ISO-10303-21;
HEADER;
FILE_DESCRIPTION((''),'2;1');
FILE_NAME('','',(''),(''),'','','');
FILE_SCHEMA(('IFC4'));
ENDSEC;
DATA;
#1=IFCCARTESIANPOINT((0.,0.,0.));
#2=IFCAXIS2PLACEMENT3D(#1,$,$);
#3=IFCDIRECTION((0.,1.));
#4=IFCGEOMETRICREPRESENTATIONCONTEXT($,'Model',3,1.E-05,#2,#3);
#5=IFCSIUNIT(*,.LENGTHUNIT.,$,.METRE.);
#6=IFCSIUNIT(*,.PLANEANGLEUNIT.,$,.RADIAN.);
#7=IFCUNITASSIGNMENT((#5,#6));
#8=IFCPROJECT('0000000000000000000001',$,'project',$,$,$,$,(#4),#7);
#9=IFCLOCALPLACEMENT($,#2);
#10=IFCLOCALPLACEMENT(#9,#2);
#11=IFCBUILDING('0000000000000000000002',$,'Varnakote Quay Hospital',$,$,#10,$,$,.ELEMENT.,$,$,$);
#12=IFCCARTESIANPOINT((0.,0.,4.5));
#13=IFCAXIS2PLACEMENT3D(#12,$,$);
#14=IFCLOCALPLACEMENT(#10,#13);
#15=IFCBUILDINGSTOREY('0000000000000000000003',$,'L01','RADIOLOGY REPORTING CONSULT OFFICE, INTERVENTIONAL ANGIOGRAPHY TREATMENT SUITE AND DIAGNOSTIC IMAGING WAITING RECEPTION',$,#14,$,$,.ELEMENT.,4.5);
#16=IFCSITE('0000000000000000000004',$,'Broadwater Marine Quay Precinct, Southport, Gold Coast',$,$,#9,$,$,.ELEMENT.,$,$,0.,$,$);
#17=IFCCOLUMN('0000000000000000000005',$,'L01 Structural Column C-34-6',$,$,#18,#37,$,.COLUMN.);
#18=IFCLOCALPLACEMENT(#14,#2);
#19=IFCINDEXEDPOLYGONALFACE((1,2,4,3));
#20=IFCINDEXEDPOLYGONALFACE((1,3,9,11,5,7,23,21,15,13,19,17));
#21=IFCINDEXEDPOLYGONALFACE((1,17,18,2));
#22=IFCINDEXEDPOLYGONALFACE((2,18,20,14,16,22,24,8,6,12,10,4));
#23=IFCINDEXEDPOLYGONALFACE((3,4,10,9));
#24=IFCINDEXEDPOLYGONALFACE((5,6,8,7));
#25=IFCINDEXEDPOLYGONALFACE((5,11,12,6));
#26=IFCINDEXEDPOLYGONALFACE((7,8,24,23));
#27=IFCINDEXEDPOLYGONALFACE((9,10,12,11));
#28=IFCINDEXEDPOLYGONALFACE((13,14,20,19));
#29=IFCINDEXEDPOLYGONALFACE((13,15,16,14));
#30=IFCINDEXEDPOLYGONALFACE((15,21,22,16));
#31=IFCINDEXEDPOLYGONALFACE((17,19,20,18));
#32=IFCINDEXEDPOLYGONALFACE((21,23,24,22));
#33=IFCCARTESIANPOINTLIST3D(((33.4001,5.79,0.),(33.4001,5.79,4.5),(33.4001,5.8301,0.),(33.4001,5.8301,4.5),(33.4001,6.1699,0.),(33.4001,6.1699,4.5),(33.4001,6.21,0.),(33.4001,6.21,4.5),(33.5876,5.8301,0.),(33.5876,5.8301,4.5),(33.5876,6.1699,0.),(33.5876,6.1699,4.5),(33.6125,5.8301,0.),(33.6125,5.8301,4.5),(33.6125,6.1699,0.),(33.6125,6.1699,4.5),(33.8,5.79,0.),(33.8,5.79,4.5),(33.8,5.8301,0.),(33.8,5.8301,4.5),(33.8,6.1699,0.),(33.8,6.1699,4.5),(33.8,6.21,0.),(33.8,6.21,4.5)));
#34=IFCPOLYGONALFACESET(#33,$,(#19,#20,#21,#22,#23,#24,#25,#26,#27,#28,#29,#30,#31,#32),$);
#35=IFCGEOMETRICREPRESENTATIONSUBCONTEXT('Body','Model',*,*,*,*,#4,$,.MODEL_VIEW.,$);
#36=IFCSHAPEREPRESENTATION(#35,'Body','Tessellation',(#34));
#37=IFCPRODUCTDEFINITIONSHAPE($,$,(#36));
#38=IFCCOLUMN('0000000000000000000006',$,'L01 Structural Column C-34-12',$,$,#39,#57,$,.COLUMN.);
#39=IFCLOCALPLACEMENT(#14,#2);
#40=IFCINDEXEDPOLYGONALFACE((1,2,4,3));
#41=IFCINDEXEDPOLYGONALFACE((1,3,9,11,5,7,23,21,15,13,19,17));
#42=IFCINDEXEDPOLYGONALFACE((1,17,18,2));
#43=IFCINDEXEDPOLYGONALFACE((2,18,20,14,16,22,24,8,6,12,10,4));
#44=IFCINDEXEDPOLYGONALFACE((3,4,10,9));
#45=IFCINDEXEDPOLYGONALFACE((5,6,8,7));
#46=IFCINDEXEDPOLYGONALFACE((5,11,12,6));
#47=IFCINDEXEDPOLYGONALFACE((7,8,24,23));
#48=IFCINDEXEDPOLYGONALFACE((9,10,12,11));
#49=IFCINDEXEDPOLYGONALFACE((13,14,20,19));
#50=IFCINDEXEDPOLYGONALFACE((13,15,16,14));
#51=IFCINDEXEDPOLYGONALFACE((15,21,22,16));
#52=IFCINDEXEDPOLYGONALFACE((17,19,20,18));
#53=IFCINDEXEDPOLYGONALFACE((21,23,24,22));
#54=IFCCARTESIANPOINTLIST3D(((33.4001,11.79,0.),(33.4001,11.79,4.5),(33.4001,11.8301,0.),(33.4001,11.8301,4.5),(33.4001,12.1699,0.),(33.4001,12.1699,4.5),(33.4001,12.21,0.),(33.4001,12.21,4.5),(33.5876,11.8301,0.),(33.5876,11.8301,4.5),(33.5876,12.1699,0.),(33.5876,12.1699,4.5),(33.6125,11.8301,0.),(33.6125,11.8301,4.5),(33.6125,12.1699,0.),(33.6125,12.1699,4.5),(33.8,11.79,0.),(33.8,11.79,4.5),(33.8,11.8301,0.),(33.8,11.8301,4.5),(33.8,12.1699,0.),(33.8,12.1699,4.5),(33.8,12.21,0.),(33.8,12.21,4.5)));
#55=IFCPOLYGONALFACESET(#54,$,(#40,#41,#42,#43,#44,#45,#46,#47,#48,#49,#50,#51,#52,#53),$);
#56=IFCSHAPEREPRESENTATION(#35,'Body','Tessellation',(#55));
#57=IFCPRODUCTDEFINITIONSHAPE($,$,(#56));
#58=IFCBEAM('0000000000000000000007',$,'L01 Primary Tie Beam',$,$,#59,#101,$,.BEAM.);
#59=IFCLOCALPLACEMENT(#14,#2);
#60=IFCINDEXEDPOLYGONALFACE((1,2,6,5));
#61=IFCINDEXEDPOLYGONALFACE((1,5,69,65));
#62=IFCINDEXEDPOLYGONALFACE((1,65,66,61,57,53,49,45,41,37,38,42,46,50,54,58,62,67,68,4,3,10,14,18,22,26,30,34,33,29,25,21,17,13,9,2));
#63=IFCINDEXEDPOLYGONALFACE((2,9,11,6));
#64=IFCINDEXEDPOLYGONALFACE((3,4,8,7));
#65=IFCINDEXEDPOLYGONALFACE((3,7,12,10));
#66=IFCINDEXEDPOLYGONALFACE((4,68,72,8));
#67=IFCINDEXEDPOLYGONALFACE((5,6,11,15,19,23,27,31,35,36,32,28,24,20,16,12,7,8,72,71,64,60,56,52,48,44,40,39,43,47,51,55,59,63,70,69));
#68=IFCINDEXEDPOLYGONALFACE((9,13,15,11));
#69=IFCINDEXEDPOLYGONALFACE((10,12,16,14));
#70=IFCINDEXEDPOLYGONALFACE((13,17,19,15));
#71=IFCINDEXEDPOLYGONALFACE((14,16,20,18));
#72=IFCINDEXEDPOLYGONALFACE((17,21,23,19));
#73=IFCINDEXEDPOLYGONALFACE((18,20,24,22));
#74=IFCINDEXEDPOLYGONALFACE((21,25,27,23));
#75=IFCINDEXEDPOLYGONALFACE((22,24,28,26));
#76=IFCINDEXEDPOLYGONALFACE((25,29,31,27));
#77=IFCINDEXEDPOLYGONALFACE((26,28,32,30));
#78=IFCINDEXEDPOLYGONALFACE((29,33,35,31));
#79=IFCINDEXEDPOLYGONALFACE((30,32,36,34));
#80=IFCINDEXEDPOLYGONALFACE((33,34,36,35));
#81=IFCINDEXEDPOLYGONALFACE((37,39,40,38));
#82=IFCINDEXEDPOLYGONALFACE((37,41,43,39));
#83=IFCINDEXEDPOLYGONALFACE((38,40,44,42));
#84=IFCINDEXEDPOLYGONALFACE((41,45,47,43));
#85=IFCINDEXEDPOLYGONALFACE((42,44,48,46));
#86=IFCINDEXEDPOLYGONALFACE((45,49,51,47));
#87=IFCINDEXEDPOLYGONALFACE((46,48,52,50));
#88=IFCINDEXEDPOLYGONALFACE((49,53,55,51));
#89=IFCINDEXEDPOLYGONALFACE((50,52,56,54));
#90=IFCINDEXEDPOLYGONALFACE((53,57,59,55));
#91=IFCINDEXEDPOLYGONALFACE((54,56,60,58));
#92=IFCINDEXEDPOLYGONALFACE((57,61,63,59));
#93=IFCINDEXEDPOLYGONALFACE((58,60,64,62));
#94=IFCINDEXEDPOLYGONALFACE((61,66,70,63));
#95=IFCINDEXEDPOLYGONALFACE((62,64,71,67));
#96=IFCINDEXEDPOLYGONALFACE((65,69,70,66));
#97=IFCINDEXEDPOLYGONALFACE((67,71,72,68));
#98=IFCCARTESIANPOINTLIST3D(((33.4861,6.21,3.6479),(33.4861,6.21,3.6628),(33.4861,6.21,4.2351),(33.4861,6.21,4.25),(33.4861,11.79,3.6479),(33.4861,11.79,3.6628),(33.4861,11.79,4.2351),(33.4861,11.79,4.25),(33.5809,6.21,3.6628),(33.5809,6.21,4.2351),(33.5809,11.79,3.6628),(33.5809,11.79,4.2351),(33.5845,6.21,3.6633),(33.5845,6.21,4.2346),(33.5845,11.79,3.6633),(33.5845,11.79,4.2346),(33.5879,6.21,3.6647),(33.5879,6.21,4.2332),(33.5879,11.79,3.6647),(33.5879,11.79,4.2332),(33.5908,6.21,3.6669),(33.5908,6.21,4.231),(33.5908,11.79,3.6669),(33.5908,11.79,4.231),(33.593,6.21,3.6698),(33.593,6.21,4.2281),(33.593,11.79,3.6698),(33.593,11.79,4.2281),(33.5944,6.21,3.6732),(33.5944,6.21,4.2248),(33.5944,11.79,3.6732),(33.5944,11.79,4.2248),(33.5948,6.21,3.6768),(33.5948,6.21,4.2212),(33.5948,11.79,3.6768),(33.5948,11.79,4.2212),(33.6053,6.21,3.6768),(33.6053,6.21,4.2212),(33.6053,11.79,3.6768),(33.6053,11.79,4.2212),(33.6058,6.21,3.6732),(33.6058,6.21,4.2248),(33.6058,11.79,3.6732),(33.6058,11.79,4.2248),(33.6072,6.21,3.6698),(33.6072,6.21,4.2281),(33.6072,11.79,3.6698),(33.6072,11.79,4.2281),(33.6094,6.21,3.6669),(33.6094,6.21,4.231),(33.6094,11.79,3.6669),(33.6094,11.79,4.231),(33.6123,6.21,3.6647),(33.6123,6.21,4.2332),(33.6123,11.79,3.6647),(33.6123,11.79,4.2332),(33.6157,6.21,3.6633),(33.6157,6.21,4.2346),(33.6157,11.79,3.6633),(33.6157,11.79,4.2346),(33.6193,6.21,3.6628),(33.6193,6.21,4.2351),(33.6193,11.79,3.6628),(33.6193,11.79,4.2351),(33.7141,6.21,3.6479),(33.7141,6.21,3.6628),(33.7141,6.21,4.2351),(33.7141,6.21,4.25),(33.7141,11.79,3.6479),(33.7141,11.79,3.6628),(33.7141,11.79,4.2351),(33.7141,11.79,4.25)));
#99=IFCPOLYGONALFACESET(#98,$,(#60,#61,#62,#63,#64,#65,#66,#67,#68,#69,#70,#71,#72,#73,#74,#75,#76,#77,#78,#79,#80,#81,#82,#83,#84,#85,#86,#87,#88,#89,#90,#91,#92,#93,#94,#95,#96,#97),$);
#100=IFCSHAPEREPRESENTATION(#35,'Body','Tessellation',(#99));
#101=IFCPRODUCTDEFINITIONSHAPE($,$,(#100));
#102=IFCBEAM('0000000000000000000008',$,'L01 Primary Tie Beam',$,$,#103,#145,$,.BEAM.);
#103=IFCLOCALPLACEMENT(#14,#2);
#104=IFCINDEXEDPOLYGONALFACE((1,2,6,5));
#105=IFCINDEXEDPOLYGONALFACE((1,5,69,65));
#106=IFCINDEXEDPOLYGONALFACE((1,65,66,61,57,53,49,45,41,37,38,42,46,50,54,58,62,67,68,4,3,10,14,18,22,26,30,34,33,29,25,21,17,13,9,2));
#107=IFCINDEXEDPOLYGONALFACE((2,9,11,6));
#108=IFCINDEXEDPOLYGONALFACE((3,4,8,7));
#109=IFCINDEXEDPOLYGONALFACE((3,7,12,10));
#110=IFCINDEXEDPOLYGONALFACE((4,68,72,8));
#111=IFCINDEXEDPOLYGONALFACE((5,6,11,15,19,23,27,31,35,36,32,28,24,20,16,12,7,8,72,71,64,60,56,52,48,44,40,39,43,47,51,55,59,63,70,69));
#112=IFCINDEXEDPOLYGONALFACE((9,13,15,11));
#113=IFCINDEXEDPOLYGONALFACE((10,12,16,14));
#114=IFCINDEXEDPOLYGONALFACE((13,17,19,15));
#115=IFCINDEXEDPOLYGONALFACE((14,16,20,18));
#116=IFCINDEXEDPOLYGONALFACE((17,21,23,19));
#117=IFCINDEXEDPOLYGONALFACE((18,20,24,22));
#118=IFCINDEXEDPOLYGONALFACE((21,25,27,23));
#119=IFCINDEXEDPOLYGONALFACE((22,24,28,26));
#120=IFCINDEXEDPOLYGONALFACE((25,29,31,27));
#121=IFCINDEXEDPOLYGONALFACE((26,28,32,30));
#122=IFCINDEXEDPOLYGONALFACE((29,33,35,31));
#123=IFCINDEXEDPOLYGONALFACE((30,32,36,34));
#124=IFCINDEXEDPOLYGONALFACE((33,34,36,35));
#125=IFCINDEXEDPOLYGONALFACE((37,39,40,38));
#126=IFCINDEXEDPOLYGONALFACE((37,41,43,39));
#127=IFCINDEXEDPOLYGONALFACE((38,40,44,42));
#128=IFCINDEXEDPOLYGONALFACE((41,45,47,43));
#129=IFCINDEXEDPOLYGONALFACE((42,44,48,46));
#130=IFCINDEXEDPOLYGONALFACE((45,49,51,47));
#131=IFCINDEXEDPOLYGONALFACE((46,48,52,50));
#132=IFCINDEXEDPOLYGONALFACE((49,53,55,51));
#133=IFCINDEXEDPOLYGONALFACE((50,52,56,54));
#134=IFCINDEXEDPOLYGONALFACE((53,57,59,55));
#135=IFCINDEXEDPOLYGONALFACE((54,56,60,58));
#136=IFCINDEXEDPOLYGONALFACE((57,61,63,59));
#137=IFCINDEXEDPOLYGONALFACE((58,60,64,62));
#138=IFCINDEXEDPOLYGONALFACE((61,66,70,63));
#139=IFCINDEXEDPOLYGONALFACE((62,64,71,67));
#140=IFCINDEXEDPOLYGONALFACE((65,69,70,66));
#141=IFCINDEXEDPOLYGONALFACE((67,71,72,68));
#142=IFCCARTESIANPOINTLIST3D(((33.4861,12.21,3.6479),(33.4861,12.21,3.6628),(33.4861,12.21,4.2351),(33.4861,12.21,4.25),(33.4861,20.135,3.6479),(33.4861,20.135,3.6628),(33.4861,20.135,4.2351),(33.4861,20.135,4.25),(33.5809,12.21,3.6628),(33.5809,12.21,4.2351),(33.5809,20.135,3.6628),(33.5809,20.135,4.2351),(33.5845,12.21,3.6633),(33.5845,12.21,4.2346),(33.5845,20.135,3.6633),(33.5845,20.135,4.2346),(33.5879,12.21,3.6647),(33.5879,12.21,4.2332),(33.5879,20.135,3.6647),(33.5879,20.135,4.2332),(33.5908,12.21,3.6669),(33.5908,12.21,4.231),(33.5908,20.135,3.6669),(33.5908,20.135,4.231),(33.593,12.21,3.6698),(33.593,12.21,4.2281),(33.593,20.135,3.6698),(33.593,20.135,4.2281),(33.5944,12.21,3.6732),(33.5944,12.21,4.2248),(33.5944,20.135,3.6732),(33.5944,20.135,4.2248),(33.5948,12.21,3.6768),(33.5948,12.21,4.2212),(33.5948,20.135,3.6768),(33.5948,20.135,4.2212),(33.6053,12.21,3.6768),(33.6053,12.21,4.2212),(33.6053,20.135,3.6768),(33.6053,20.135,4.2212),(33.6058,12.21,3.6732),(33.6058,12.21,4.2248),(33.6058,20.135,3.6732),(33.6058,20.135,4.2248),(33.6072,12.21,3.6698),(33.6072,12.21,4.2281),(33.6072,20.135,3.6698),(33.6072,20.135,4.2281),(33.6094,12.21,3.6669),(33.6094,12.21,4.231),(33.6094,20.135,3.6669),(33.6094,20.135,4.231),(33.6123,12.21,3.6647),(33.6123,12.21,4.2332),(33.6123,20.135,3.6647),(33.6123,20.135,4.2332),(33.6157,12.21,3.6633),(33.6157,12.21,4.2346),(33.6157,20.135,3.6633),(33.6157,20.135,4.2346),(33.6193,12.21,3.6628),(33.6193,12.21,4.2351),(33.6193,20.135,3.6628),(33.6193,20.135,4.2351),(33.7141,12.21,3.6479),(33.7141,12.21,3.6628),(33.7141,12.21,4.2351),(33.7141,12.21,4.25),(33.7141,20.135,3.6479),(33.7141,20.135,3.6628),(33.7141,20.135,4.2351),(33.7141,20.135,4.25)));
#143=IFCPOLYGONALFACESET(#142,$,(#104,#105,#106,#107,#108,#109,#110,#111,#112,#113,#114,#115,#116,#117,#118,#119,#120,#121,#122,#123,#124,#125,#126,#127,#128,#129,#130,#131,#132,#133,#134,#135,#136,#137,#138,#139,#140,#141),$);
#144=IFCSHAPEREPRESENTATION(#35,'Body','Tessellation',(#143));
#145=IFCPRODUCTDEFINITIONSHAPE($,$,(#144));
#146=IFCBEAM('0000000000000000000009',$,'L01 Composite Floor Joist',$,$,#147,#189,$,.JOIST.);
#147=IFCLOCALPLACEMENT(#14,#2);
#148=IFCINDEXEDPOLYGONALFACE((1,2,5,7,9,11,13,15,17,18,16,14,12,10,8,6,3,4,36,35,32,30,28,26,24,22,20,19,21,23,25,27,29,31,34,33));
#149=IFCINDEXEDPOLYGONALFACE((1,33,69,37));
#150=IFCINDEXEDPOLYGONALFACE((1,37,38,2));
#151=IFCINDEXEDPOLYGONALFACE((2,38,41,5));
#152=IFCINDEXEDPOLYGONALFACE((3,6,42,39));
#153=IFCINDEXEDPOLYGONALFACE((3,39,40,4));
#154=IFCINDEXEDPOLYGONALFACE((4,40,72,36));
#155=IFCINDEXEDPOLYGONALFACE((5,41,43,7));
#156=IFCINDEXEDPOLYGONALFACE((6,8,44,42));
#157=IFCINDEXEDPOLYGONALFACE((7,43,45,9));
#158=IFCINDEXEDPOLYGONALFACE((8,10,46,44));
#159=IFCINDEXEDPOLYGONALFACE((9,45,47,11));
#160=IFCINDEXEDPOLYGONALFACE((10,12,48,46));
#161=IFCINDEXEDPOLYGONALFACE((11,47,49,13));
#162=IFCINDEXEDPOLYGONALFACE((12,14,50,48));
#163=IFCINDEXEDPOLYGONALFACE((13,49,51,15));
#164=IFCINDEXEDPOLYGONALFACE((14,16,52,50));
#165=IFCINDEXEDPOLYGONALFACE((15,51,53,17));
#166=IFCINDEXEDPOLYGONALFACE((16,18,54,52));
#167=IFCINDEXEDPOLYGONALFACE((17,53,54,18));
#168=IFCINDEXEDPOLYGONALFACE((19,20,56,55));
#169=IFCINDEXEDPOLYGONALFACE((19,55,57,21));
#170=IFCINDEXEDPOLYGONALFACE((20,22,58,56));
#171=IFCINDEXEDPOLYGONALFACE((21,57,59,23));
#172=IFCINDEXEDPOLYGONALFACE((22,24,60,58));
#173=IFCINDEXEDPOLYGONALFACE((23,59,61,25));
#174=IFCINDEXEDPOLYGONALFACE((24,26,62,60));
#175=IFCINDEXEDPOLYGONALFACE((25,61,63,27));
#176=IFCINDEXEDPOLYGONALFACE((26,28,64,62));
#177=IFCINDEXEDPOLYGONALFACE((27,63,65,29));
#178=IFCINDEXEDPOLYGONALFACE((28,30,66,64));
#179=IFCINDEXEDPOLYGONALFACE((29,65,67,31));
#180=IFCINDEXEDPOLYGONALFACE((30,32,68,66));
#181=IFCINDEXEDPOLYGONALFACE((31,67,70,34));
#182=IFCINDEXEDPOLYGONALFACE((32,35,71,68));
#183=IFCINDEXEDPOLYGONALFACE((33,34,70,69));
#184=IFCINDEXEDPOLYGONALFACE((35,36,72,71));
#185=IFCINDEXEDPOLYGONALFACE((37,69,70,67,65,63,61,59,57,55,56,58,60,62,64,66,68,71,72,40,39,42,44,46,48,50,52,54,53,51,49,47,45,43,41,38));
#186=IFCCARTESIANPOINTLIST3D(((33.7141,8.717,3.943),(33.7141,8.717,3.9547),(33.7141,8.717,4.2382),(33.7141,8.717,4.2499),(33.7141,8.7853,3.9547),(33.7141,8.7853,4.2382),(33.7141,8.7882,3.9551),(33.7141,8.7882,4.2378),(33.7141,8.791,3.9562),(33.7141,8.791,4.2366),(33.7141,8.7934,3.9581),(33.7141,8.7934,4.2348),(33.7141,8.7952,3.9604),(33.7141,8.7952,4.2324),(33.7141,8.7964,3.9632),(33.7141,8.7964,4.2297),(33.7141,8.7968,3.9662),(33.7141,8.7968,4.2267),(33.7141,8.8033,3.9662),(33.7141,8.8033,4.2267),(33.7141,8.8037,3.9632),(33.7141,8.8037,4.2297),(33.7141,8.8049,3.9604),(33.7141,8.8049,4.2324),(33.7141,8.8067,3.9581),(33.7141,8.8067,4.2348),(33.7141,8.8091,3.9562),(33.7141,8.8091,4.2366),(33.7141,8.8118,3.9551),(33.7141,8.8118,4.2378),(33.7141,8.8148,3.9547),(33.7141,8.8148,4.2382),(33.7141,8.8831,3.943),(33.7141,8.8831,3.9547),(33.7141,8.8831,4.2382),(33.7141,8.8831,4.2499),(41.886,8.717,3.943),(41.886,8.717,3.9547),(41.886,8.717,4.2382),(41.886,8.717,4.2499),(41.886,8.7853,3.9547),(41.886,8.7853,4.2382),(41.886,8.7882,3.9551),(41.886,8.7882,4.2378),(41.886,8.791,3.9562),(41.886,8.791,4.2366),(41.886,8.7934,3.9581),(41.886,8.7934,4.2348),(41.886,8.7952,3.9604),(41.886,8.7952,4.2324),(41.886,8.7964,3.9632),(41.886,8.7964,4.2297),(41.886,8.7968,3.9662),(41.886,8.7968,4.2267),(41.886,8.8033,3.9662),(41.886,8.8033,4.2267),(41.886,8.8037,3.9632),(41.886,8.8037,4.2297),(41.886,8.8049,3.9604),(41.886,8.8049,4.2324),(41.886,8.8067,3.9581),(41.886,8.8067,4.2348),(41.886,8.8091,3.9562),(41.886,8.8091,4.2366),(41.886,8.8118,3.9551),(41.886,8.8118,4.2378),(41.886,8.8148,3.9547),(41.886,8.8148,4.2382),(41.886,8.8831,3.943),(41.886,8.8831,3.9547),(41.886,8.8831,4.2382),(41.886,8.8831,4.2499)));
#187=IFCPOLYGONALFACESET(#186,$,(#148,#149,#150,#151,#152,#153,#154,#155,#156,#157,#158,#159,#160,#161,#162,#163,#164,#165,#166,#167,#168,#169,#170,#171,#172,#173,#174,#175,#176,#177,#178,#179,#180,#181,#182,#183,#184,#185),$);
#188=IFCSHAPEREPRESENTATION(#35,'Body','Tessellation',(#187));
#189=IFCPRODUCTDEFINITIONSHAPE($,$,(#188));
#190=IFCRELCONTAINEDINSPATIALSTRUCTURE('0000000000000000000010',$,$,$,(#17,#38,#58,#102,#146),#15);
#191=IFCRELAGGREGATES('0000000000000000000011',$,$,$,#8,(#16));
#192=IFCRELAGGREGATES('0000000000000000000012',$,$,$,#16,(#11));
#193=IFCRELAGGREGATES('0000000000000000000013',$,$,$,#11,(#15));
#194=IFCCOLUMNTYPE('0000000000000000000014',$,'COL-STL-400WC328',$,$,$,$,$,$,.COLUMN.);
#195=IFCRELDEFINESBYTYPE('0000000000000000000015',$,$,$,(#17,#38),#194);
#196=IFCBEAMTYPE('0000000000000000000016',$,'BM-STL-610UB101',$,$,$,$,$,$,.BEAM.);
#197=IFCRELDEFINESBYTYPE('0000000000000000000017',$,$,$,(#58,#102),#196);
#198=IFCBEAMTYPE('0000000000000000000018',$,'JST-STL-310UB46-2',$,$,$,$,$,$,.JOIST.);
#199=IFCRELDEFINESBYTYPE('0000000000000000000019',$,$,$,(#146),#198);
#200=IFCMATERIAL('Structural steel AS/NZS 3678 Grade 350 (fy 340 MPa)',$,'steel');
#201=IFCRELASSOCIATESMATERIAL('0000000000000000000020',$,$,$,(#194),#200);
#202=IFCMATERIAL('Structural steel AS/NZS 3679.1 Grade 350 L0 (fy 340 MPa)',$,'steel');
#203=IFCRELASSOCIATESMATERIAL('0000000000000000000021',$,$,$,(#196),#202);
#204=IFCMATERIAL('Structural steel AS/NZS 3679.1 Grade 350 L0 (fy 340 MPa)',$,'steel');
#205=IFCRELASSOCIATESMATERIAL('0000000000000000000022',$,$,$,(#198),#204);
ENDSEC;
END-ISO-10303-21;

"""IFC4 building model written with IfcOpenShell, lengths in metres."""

from ifc_helpers import new_model, si_unit, direction, frame, origin, origin_2d, place, context, subcontext, project, spatial, i_section, extrude, material, material_profile, profile_set, type_object, element, save


model = new_model("IFC4")

# Units and contexts
model_context = context("Model", 3, precision=1e-05, world=origin(), true_north=direction((0.0, 1.0)))
body_context = subcontext(model_context, "Body", "Model", "MODEL_VIEW")
ifc_project = project(units=[si_unit("LENGTHUNIT", "METRE"), si_unit("PLANEANGLEUNIT", "RADIAN")], contexts=[model_context])

# Site, building, storey
site_placement = place(None, origin())
site = spatial("IfcSite", under=ifc_project, at=site_placement, Name="Broadwater Marine Quay Precinct, Southport, Gold Coast", CompositionType="ELEMENT", RefElevation=0.0)
building_placement = place(site_placement, origin())
building = spatial("IfcBuilding", under=site, at=building_placement, Name="Varnakote Quay Hospital", CompositionType="ELEMENT")
storey_placement = place(building_placement, frame((0.0, 0.0, 4.5)))
storey = spatial("IfcBuildingStorey", under=building, at=storey_placement, Name="L01", Description="RADIOLOGY REPORTING CONSULT OFFICE, INTERVENTIONAL ANGIOGRAPHY TREATMENT SUITE AND DIAGNOSTIC IMAGING WAITING RECEPTION", CompositionType="ELEMENT", Elevation=4.5)

# Columns
ifc_material_1 = material(Name="Structural steel AS/NZS 3678 Grade 350 (fy 340 MPa)", Category="steel")
ifc_material_profile_1 = material_profile(ifc_material_1, i_section(OverallWidth=0.3999, OverallDepth=0.4199, WebThickness=0.0249, FlangeThickness=0.04, at=origin_2d()), Name="400WC328")
ifc_profile_set_1 = profile_set([ifc_material_profile_1], Name="Structural steel AS/NZS 3678 Grade 350 (fy 340 MPa)")
column_type = type_object("IfcColumnType", Name="COL-STL-400WC328", PredefinedType="COLUMN", material=ifc_profile_set_1)
for number, where, z_axis, x_axis, name in (
    (1, (33.6001, 6.0, 0.0), (0.0, 0.0, 1.0), (1.0, 0.0, 0.0), "L01 Structural Column C-34-6"),
    (2, (33.6001, 12.0, 0.0), (0.0, 0.0, 1.0), (1.0, 0.0, 0.0), "L01 Structural Column C-34-12"),
):
    element("IfcColumn", number, at=place(storey_placement, frame(where, z_axis=z_axis, x_axis=x_axis)), inside=storey, type_object=column_type, Name=name, PredefinedType="COLUMN", context=body_context, shape_type="SweptSolid", body=[
        extrude(i_section(OverallWidth=0.3999, OverallDepth=0.4199, WebThickness=0.0249, FlangeThickness=0.04, at=origin_2d()), origin(), (0.0, 0.0, 1.0), 4.5),
    ])

# Beams
ifc_material_2 = material(Name="Structural steel AS/NZS 3679.1 Grade 350 L0 (fy 340 MPa)", Category="steel")
ifc_material_profile_2 = material_profile(ifc_material_2, i_section(OverallWidth=0.228, OverallDepth=0.6021, WebThickness=0.0105, FlangeThickness=0.0149, FilletRadius=0.0139, at=origin_2d()), Name="610UB101")
ifc_profile_set_2 = profile_set([ifc_material_profile_2], Name="Structural steel AS/NZS 3679.1 Grade 350 L0 (fy 340 MPa)")
beam_type_1 = type_object("IfcBeamType", Name="BM-STL-610UB101", PredefinedType="BEAM", material=ifc_profile_set_2)
beam_1_placement = place(storey_placement, frame((33.6001, 6.21, 3.949), z_axis=(0.0, 1.0, 0.0), x_axis=(-1.0, 0.0, 0.0)))
element("IfcBeam", 3, at=beam_1_placement, inside=storey, type_object=beam_type_1, Name="L01 Primary Tie Beam", PredefinedType="BEAM", context=body_context, shape_type="SweptSolid", body=[
    extrude(i_section(OverallWidth=0.228, OverallDepth=0.6021, WebThickness=0.0105, FlangeThickness=0.0149, FilletRadius=0.0139, at=origin_2d()), origin(), (0.0, 0.0, 1.0), 5.5801),
])
beam_2_placement = place(storey_placement, frame((33.6001, 12.21, 3.949), z_axis=(0.0, 1.0, 0.0), x_axis=(-1.0, 0.0, 0.0)))
element("IfcBeam", 4, at=beam_2_placement, inside=storey, type_object=beam_type_1, Name="L01 Primary Tie Beam", PredefinedType="BEAM", context=body_context, shape_type="SweptSolid", body=[
    extrude(i_section(OverallWidth=0.228, OverallDepth=0.6021, WebThickness=0.0105, FlangeThickness=0.0149, FilletRadius=0.0139, at=origin_2d()), origin(), (0.0, 0.0, 1.0), 7.925),
])
ifc_material_3 = material(Name="Structural steel AS/NZS 3679.1 Grade 350 L0 (fy 340 MPa)", Category="steel")
ifc_material_profile_3 = material_profile(ifc_material_3, i_section(OverallWidth=0.166, OverallDepth=0.3069, WebThickness=0.0066, FlangeThickness=0.0117, FilletRadius=0.0115, at=origin_2d()), Name="310UB46.2")
ifc_profile_set_3 = profile_set([ifc_material_profile_3], Name="Structural steel AS/NZS 3679.1 Grade 350 L0 (fy 340 MPa)")
beam_type_2 = type_object("IfcBeamType", Name="JST-STL-310UB46-2", PredefinedType="JOIST", material=ifc_profile_set_3)
beam_3_placement = place(storey_placement, frame((33.7141, 8.8, 4.0964), z_axis=(1.0, 0.0, 0.0), x_axis=(0.0, 1.0, 0.0)))
element("IfcBeam", 5, at=beam_3_placement, inside=storey, type_object=beam_type_2, Name="L01 Composite Floor Joist", PredefinedType="JOIST", context=body_context, shape_type="SweptSolid", body=[
    extrude(i_section(OverallWidth=0.166, OverallDepth=0.3069, WebThickness=0.0066, FlangeThickness=0.0117, FilletRadius=0.0115, at=origin_2d()), origin(), (0.0, 0.0, 1.0), 8.1719),
])

save(model, "model.ifc")
